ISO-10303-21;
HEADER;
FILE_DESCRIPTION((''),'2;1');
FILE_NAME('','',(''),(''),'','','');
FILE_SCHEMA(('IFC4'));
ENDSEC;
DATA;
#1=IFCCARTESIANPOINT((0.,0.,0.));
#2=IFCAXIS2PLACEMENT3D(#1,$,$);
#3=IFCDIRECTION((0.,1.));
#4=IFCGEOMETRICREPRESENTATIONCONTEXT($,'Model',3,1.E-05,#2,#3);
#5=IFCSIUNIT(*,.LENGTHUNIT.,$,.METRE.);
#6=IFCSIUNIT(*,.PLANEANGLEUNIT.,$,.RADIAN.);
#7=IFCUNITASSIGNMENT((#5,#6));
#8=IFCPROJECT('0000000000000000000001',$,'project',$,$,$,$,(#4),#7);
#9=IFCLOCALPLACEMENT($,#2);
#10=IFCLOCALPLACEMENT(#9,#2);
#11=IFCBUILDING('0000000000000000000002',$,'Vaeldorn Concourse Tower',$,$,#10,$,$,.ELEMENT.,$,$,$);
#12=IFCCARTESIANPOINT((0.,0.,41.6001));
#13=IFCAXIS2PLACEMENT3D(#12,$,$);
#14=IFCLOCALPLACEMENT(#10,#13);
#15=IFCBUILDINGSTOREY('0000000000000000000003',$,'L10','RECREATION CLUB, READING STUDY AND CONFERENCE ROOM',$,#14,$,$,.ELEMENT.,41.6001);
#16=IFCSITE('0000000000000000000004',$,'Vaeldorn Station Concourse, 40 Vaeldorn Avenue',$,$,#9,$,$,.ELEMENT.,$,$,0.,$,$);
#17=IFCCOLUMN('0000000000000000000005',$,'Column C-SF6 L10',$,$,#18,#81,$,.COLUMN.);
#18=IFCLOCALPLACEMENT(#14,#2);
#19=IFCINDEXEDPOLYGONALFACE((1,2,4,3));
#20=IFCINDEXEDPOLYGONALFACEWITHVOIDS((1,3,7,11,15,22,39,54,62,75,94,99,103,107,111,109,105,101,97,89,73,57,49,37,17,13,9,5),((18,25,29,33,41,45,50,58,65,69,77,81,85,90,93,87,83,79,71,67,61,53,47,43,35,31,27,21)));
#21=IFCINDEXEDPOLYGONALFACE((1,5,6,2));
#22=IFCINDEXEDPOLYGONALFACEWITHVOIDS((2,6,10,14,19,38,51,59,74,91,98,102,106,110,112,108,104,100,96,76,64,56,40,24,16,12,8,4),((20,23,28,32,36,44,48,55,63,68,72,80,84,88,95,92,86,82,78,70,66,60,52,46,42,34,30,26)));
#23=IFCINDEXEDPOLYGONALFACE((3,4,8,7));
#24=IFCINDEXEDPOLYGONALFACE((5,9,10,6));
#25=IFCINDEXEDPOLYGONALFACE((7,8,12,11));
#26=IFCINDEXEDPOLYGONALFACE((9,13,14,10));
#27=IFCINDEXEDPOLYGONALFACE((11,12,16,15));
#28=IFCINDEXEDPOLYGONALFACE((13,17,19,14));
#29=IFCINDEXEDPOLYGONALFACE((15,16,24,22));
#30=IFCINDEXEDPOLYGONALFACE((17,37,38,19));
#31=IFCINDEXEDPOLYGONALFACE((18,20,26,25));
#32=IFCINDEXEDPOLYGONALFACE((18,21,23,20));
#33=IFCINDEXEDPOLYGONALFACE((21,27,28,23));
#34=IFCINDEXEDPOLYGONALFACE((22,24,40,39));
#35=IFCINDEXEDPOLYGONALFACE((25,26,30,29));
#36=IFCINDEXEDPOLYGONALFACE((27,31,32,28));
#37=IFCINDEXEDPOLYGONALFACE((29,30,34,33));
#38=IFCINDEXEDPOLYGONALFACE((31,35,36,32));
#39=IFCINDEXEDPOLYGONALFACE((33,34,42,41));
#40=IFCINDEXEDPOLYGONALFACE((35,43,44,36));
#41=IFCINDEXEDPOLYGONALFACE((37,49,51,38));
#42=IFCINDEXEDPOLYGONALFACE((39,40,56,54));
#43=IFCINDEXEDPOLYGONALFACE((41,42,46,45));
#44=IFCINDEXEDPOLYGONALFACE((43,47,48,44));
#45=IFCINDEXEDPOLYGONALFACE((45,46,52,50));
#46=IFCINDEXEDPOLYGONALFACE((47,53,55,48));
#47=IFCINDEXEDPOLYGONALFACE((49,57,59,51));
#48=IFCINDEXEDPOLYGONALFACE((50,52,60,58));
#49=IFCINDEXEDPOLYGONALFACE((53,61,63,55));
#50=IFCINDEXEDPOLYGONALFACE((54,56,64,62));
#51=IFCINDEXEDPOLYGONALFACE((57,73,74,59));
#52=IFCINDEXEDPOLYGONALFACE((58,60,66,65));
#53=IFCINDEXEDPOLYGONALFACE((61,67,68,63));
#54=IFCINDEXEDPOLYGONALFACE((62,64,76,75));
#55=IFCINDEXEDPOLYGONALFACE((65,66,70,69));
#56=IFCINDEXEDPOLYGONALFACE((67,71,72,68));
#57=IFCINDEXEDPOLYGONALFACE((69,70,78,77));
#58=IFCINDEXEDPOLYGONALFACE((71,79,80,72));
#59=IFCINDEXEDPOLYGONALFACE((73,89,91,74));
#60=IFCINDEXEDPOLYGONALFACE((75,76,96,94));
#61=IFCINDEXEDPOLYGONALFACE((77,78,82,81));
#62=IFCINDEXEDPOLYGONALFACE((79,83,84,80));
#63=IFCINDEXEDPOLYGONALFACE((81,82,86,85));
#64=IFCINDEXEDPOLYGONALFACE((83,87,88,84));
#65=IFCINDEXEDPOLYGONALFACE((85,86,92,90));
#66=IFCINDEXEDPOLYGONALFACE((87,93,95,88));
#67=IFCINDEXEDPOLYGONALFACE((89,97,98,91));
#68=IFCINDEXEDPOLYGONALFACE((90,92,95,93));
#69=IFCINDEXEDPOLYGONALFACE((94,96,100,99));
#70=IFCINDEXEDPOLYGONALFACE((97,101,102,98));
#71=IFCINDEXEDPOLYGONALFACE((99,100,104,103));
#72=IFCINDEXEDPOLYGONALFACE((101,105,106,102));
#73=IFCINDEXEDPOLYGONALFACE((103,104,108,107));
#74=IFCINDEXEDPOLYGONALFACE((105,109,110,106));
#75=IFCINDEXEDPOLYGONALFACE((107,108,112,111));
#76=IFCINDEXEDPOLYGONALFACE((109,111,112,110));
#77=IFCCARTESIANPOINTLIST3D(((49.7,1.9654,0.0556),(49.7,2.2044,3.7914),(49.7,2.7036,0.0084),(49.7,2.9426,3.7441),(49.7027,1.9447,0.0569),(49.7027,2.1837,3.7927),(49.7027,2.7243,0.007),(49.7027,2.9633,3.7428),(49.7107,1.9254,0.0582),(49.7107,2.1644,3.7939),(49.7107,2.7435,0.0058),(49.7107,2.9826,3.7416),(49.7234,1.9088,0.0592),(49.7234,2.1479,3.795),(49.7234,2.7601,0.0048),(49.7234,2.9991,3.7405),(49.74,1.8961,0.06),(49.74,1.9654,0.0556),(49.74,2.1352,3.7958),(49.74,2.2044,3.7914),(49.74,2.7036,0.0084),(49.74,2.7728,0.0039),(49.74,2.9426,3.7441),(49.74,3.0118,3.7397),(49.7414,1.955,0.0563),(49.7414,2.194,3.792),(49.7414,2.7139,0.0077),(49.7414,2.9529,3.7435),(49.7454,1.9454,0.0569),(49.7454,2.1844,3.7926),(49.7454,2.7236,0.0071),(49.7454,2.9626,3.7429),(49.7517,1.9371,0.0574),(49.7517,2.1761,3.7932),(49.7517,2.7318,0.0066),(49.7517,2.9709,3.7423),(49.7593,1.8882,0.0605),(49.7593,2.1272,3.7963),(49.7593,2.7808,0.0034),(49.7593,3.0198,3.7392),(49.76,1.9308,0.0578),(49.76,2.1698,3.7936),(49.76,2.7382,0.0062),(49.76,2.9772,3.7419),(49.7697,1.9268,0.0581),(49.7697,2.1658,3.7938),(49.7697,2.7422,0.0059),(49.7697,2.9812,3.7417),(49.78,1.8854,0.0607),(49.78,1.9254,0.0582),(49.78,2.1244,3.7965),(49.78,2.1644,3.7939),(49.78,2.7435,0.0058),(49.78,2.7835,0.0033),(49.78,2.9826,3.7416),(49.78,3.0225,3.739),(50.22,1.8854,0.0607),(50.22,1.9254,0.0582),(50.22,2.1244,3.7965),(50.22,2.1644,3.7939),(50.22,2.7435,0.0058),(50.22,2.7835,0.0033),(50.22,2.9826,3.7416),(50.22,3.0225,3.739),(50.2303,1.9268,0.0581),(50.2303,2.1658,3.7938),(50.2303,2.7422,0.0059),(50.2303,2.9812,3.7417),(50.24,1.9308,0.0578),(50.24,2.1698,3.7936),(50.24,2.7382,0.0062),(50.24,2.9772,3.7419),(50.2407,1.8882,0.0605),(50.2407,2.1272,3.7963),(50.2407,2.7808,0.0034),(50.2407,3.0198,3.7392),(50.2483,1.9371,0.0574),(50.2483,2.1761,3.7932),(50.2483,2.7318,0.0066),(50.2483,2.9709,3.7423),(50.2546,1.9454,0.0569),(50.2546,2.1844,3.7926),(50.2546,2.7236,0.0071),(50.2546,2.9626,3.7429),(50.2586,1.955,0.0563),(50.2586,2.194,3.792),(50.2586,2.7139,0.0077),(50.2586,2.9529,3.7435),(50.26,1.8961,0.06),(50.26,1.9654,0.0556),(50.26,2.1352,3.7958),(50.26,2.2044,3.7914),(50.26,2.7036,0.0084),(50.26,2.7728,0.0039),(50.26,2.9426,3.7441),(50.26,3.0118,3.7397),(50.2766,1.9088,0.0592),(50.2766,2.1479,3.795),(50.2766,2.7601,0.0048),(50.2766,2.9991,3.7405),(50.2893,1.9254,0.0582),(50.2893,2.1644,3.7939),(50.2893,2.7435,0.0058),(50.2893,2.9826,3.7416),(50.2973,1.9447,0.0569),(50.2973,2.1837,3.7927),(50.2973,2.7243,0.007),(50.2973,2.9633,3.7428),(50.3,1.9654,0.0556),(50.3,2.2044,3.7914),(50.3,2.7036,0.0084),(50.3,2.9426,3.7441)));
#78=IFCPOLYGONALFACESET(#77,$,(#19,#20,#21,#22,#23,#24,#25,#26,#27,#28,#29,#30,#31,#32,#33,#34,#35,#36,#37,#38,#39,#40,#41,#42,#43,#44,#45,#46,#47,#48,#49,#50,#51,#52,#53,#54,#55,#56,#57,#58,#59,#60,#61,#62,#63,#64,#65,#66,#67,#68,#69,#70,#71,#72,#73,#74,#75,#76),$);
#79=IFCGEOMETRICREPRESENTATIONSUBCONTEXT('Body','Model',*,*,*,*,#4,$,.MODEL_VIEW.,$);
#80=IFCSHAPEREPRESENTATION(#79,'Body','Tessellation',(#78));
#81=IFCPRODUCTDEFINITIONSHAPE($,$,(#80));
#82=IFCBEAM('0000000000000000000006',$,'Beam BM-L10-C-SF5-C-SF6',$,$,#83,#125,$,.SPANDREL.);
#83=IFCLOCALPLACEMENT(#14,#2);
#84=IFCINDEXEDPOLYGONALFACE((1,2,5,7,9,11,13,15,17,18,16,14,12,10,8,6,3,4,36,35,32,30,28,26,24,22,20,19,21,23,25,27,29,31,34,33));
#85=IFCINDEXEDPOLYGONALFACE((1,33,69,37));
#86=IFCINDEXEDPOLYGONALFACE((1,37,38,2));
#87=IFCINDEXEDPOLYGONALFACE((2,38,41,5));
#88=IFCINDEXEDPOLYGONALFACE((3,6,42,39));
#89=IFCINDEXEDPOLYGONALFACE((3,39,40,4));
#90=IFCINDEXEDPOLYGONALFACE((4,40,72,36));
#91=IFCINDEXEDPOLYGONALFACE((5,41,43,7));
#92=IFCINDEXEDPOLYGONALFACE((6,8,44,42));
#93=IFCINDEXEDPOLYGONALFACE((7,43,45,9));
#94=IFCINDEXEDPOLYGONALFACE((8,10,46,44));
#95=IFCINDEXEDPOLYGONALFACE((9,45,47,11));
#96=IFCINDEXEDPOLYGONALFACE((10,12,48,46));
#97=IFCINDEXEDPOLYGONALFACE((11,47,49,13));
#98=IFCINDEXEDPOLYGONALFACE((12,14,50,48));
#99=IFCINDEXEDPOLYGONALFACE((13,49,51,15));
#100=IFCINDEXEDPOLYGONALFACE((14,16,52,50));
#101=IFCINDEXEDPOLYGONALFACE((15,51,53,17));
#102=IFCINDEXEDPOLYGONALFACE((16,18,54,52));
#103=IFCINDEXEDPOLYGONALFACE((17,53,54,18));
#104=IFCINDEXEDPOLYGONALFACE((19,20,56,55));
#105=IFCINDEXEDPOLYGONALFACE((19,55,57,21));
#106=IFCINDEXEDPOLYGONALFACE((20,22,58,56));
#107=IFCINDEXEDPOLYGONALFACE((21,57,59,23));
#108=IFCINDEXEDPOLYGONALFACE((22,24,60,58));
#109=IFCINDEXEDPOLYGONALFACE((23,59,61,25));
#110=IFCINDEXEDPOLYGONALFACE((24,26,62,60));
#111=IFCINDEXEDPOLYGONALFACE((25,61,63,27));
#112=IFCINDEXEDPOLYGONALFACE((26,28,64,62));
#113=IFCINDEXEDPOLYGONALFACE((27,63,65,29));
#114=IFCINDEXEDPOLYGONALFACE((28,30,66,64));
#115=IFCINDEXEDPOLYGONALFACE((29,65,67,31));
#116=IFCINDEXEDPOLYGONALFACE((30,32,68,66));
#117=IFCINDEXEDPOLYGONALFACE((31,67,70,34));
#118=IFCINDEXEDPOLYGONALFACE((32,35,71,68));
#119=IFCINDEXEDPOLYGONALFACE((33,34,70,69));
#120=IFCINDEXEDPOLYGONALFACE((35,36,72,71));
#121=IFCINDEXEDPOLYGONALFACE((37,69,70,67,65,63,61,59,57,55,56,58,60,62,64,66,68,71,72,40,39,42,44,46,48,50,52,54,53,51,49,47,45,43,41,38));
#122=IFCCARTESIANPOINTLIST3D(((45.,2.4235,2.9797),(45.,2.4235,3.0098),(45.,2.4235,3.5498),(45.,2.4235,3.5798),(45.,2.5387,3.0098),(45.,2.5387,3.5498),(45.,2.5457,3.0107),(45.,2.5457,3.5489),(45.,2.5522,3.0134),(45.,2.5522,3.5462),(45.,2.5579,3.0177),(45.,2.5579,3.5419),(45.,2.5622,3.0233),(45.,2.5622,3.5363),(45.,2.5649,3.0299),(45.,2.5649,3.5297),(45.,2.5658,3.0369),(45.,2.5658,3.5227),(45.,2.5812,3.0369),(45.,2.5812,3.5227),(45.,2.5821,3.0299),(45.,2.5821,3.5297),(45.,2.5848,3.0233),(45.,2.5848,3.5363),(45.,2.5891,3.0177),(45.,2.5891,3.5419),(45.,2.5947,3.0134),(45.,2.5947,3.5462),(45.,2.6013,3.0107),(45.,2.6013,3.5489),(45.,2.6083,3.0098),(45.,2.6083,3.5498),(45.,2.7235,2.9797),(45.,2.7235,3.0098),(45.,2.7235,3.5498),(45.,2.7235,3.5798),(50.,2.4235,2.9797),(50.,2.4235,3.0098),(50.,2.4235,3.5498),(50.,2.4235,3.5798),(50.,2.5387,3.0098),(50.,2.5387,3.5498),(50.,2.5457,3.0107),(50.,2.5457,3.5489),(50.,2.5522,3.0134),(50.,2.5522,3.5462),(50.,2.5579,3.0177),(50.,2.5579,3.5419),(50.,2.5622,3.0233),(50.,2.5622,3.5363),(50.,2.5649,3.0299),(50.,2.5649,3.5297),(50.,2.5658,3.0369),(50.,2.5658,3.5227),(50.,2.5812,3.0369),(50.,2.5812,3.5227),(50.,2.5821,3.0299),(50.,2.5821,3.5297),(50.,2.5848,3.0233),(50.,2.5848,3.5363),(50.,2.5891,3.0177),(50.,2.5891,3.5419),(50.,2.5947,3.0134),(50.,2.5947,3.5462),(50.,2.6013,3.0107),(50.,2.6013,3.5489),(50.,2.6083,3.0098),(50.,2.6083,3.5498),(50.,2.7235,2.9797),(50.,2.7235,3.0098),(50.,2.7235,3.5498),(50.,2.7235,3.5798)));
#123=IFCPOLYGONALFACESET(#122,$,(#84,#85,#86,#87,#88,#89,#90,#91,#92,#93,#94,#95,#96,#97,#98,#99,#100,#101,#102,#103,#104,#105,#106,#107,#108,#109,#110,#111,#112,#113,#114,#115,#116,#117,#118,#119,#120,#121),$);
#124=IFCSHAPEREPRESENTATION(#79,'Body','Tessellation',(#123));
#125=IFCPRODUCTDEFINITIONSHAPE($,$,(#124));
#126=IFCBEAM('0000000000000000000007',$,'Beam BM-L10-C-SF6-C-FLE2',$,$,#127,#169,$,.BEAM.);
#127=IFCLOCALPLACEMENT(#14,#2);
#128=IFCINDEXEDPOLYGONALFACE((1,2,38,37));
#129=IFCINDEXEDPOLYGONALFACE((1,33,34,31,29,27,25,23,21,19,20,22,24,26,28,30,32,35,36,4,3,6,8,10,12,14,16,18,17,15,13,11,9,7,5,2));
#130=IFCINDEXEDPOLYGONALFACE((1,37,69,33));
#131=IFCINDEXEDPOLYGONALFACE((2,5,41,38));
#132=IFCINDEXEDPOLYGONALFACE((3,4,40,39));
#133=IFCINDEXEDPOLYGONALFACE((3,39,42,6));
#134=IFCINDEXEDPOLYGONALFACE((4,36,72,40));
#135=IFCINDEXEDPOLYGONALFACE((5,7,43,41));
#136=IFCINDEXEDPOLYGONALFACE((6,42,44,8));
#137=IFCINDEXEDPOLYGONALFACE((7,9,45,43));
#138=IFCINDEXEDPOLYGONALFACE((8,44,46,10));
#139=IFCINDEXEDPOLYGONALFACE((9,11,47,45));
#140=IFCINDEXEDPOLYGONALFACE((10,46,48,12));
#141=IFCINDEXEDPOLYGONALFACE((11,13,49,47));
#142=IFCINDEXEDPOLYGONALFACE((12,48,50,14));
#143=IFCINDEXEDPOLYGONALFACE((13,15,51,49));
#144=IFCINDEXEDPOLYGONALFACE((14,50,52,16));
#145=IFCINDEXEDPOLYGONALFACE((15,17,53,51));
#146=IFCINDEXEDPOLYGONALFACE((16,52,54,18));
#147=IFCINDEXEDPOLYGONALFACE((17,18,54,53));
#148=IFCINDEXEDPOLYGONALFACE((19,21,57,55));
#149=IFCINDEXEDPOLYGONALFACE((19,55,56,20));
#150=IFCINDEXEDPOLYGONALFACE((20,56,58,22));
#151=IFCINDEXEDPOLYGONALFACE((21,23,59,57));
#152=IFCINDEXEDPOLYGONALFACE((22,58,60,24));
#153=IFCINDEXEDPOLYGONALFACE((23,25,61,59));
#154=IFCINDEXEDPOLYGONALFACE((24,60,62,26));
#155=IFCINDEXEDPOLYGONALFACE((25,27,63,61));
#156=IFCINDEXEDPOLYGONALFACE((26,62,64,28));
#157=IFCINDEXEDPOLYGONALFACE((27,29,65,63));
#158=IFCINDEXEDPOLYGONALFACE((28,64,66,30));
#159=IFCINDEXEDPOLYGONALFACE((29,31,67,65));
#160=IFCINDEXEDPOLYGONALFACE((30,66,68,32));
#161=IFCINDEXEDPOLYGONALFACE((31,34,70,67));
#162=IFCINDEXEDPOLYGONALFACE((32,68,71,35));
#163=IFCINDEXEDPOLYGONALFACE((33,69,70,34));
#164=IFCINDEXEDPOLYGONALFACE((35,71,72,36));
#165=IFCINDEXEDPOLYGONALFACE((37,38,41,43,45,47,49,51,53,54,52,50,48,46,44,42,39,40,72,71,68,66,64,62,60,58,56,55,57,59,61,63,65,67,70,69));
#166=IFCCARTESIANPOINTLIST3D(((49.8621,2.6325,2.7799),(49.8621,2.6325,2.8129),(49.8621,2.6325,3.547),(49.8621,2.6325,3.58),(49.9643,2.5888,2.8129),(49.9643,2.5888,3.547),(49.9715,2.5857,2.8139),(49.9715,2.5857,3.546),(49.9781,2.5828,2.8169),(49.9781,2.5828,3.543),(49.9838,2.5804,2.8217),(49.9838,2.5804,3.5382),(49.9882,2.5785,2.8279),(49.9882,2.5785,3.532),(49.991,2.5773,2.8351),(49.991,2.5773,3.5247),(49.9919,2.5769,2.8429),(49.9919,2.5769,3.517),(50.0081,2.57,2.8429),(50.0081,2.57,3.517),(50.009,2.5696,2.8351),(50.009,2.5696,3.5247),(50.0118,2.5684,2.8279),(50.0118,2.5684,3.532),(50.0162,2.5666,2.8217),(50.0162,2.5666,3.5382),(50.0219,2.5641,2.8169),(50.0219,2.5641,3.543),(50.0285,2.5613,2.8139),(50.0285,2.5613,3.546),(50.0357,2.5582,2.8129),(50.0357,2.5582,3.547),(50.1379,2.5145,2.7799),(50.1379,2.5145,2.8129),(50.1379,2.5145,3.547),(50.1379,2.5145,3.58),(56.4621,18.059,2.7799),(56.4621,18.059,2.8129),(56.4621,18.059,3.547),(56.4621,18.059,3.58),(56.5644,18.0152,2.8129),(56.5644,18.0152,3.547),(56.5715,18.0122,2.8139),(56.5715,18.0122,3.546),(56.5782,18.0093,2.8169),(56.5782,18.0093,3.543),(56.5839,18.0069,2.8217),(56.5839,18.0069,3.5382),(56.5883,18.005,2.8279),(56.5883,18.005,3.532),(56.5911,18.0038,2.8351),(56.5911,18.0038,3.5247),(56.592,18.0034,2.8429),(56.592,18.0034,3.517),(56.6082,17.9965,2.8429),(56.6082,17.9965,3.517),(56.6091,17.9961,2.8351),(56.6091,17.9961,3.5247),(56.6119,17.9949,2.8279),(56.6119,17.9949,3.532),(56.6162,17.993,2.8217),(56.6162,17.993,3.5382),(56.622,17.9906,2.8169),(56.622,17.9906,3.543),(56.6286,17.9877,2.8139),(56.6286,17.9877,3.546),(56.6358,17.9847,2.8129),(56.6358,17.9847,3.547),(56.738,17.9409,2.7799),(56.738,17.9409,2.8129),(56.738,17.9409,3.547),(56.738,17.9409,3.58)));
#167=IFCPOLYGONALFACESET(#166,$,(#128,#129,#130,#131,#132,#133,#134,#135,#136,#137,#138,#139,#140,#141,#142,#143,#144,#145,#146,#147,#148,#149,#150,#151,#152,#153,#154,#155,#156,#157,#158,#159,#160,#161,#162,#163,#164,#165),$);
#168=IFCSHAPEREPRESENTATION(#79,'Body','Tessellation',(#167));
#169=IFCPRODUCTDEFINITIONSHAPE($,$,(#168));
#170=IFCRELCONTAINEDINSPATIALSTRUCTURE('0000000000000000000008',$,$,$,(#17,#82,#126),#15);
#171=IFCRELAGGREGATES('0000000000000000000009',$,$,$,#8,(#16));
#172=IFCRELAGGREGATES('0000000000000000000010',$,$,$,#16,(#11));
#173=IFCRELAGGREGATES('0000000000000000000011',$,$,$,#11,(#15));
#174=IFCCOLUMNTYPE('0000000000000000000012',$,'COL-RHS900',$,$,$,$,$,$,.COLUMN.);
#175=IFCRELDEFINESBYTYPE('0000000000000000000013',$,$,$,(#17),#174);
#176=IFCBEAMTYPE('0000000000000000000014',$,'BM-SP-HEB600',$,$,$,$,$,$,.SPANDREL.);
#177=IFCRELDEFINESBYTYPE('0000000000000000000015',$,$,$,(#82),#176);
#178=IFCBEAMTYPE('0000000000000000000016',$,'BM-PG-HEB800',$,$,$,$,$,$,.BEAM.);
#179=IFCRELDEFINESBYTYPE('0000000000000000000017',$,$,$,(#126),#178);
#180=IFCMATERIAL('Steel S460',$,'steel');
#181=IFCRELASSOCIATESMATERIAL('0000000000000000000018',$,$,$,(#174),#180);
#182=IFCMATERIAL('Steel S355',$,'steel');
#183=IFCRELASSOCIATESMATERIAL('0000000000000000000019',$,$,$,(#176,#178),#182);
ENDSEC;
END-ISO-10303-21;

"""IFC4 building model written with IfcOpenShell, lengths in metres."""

from ifc_helpers import new_model, si_unit, direction, frame, origin, origin_2d, place, context, subcontext, project, spatial, hollow_rectangle, i_section, extrude, source, transform, mapped, material, material_profile, profile_set, type_object, element, save


model = new_model("IFC4")

# Units and contexts
model_context = context("Model", 3, precision=1e-05, world=origin(), true_north=direction((0.0, 1.0)))
body_context = subcontext(model_context, "Body", "Model", "MODEL_VIEW")
ifc_project = project(units=[si_unit("LENGTHUNIT", "METRE"), si_unit("PLANEANGLEUNIT", "RADIAN")], contexts=[model_context])

# Site, building, storey
site_placement = place(None, origin())
site = spatial("IfcSite", under=ifc_project, at=site_placement, Name="Vaeldorn Station Concourse, 40 Vaeldorn Avenue", CompositionType="ELEMENT", RefElevation=0.0)
building_placement = place(site_placement, origin())
building = spatial("IfcBuilding", under=site, at=building_placement, Name="Vaeldorn Concourse Tower", CompositionType="ELEMENT")
storey_placement = place(building_placement, frame((0.0, 0.0, 41.6001)))
storey = spatial("IfcBuildingStorey", under=building, at=storey_placement, Name="L10", Description="RECREATION CLUB, READING STUDY AND CONFERENCE ROOM", CompositionType="ELEMENT", Elevation=41.6001)

# Column
ifc_material_1 = material(Name="Steel S460", Category="steel")
ifc_material_profile_1 = material_profile(ifc_material_1, hollow_rectangle(XDim=0.6001, YDim=0.8999, WallThickness=0.04, InnerFilletRadius=0.04, OuterFilletRadius=0.0801, at=origin_2d()), Name="RHS 900x600x40")
ifc_profile_set_1 = profile_set([ifc_material_profile_1], Name="Steel S460")
column_type = type_object("IfcColumnType", Name="COL-RHS900", PredefinedType="COLUMN", material=ifc_profile_set_1)
shared_shape_1 = source(origin(), body_context, "Body", "SweptSolid", [
    extrude(hollow_rectangle(XDim=0.6001, YDim=0.8999, WallThickness=0.04, InnerFilletRadius=0.04, OuterFilletRadius=0.0801, at=origin_2d()), origin(), (0.0, 0.0, 1.0), 3.7434),
])
column_placement = place(storey_placement, frame((50.0, 2.3345, 0.032), z_axis=(0.0, 0.063848, 0.99796), x_axis=(-1.0, 0.0, 0.0)))
element("IfcColumn", 1, at=column_placement, inside=storey, type_object=column_type, Name="Column C-SF6 L10", PredefinedType="COLUMN", context=body_context, shape_type="MappedRepresentation", body=[
    mapped(shared_shape_1, transform((0.0, 0.0, 0.0), scale=1.0)),
])

# Beams
ifc_material_2 = material(Name="Steel S355", Category="steel")
ifc_material_profile_2 = material_profile(ifc_material_2, i_section(OverallWidth=0.3, OverallDepth=0.6001, WebThickness=0.0154, FlangeThickness=0.03, FilletRadius=0.0271, at=origin_2d()), Name="HEB 600")
ifc_profile_set_2 = profile_set([ifc_material_profile_2], Name="Steel S355")
beam_type_1 = type_object("IfcBeamType", Name="BM-SP-HEB600", PredefinedType="SPANDREL", material=ifc_profile_set_2)
shared_shape_2 = source(origin(), body_context, "Body", "SweptSolid", [
    extrude(i_section(OverallWidth=0.3, OverallDepth=0.6001, WebThickness=0.0154, FlangeThickness=0.03, FilletRadius=0.0271, at=origin_2d()), origin(), (0.0, 0.0, 1.0), 5.0),
])
beam_1_placement = place(storey_placement, frame((45.0, 2.5735, 3.2798), z_axis=(1.0, 0.0, 0.0), x_axis=(0.0, 1.0, 0.0)))
element("IfcBeam", 2, at=beam_1_placement, inside=storey, type_object=beam_type_1, Name="Beam BM-L10-C-SF5-C-SF6", PredefinedType="SPANDREL", context=body_context, shape_type="MappedRepresentation", body=[
    mapped(shared_shape_2, transform((0.0, 0.0, 0.0), scale=1.0)),
])
ifc_material_profile_3 = material_profile(ifc_material_2, i_section(OverallWidth=0.3, OverallDepth=0.8, WebThickness=0.0176, FlangeThickness=0.033, FilletRadius=0.03, at=origin_2d()), Name="HEB 800")
ifc_profile_set_3 = profile_set([ifc_material_profile_3], Name="Steel S355")
beam_type_2 = type_object("IfcBeamType", Name="BM-PG-HEB800", PredefinedType="BEAM", material=ifc_profile_set_3)
shared_shape_3 = source(origin(), body_context, "Body", "SweptSolid", [
    extrude(i_section(OverallWidth=0.3, OverallDepth=0.8, WebThickness=0.0176, FlangeThickness=0.033, FilletRadius=0.03, at=origin_2d()), origin(), (0.0, 0.0, 1.0), 16.7791),
])
beam_2_placement = place(storey_placement, frame((50.0, 2.5735, 3.1799), z_axis=(0.393352, 0.919388, 0.0), x_axis=(-0.919388, 0.393352, 0.0)))
element("IfcBeam", 3, at=beam_2_placement, inside=storey, type_object=beam_type_2, Name="Beam BM-L10-C-SF6-C-FLE2", PredefinedType="BEAM", context=body_context, shape_type="MappedRepresentation", body=[
    mapped(shared_shape_3, transform((0.0, 0.0, 0.0), scale=1.0)),
])

save(model, "model.ifc")
